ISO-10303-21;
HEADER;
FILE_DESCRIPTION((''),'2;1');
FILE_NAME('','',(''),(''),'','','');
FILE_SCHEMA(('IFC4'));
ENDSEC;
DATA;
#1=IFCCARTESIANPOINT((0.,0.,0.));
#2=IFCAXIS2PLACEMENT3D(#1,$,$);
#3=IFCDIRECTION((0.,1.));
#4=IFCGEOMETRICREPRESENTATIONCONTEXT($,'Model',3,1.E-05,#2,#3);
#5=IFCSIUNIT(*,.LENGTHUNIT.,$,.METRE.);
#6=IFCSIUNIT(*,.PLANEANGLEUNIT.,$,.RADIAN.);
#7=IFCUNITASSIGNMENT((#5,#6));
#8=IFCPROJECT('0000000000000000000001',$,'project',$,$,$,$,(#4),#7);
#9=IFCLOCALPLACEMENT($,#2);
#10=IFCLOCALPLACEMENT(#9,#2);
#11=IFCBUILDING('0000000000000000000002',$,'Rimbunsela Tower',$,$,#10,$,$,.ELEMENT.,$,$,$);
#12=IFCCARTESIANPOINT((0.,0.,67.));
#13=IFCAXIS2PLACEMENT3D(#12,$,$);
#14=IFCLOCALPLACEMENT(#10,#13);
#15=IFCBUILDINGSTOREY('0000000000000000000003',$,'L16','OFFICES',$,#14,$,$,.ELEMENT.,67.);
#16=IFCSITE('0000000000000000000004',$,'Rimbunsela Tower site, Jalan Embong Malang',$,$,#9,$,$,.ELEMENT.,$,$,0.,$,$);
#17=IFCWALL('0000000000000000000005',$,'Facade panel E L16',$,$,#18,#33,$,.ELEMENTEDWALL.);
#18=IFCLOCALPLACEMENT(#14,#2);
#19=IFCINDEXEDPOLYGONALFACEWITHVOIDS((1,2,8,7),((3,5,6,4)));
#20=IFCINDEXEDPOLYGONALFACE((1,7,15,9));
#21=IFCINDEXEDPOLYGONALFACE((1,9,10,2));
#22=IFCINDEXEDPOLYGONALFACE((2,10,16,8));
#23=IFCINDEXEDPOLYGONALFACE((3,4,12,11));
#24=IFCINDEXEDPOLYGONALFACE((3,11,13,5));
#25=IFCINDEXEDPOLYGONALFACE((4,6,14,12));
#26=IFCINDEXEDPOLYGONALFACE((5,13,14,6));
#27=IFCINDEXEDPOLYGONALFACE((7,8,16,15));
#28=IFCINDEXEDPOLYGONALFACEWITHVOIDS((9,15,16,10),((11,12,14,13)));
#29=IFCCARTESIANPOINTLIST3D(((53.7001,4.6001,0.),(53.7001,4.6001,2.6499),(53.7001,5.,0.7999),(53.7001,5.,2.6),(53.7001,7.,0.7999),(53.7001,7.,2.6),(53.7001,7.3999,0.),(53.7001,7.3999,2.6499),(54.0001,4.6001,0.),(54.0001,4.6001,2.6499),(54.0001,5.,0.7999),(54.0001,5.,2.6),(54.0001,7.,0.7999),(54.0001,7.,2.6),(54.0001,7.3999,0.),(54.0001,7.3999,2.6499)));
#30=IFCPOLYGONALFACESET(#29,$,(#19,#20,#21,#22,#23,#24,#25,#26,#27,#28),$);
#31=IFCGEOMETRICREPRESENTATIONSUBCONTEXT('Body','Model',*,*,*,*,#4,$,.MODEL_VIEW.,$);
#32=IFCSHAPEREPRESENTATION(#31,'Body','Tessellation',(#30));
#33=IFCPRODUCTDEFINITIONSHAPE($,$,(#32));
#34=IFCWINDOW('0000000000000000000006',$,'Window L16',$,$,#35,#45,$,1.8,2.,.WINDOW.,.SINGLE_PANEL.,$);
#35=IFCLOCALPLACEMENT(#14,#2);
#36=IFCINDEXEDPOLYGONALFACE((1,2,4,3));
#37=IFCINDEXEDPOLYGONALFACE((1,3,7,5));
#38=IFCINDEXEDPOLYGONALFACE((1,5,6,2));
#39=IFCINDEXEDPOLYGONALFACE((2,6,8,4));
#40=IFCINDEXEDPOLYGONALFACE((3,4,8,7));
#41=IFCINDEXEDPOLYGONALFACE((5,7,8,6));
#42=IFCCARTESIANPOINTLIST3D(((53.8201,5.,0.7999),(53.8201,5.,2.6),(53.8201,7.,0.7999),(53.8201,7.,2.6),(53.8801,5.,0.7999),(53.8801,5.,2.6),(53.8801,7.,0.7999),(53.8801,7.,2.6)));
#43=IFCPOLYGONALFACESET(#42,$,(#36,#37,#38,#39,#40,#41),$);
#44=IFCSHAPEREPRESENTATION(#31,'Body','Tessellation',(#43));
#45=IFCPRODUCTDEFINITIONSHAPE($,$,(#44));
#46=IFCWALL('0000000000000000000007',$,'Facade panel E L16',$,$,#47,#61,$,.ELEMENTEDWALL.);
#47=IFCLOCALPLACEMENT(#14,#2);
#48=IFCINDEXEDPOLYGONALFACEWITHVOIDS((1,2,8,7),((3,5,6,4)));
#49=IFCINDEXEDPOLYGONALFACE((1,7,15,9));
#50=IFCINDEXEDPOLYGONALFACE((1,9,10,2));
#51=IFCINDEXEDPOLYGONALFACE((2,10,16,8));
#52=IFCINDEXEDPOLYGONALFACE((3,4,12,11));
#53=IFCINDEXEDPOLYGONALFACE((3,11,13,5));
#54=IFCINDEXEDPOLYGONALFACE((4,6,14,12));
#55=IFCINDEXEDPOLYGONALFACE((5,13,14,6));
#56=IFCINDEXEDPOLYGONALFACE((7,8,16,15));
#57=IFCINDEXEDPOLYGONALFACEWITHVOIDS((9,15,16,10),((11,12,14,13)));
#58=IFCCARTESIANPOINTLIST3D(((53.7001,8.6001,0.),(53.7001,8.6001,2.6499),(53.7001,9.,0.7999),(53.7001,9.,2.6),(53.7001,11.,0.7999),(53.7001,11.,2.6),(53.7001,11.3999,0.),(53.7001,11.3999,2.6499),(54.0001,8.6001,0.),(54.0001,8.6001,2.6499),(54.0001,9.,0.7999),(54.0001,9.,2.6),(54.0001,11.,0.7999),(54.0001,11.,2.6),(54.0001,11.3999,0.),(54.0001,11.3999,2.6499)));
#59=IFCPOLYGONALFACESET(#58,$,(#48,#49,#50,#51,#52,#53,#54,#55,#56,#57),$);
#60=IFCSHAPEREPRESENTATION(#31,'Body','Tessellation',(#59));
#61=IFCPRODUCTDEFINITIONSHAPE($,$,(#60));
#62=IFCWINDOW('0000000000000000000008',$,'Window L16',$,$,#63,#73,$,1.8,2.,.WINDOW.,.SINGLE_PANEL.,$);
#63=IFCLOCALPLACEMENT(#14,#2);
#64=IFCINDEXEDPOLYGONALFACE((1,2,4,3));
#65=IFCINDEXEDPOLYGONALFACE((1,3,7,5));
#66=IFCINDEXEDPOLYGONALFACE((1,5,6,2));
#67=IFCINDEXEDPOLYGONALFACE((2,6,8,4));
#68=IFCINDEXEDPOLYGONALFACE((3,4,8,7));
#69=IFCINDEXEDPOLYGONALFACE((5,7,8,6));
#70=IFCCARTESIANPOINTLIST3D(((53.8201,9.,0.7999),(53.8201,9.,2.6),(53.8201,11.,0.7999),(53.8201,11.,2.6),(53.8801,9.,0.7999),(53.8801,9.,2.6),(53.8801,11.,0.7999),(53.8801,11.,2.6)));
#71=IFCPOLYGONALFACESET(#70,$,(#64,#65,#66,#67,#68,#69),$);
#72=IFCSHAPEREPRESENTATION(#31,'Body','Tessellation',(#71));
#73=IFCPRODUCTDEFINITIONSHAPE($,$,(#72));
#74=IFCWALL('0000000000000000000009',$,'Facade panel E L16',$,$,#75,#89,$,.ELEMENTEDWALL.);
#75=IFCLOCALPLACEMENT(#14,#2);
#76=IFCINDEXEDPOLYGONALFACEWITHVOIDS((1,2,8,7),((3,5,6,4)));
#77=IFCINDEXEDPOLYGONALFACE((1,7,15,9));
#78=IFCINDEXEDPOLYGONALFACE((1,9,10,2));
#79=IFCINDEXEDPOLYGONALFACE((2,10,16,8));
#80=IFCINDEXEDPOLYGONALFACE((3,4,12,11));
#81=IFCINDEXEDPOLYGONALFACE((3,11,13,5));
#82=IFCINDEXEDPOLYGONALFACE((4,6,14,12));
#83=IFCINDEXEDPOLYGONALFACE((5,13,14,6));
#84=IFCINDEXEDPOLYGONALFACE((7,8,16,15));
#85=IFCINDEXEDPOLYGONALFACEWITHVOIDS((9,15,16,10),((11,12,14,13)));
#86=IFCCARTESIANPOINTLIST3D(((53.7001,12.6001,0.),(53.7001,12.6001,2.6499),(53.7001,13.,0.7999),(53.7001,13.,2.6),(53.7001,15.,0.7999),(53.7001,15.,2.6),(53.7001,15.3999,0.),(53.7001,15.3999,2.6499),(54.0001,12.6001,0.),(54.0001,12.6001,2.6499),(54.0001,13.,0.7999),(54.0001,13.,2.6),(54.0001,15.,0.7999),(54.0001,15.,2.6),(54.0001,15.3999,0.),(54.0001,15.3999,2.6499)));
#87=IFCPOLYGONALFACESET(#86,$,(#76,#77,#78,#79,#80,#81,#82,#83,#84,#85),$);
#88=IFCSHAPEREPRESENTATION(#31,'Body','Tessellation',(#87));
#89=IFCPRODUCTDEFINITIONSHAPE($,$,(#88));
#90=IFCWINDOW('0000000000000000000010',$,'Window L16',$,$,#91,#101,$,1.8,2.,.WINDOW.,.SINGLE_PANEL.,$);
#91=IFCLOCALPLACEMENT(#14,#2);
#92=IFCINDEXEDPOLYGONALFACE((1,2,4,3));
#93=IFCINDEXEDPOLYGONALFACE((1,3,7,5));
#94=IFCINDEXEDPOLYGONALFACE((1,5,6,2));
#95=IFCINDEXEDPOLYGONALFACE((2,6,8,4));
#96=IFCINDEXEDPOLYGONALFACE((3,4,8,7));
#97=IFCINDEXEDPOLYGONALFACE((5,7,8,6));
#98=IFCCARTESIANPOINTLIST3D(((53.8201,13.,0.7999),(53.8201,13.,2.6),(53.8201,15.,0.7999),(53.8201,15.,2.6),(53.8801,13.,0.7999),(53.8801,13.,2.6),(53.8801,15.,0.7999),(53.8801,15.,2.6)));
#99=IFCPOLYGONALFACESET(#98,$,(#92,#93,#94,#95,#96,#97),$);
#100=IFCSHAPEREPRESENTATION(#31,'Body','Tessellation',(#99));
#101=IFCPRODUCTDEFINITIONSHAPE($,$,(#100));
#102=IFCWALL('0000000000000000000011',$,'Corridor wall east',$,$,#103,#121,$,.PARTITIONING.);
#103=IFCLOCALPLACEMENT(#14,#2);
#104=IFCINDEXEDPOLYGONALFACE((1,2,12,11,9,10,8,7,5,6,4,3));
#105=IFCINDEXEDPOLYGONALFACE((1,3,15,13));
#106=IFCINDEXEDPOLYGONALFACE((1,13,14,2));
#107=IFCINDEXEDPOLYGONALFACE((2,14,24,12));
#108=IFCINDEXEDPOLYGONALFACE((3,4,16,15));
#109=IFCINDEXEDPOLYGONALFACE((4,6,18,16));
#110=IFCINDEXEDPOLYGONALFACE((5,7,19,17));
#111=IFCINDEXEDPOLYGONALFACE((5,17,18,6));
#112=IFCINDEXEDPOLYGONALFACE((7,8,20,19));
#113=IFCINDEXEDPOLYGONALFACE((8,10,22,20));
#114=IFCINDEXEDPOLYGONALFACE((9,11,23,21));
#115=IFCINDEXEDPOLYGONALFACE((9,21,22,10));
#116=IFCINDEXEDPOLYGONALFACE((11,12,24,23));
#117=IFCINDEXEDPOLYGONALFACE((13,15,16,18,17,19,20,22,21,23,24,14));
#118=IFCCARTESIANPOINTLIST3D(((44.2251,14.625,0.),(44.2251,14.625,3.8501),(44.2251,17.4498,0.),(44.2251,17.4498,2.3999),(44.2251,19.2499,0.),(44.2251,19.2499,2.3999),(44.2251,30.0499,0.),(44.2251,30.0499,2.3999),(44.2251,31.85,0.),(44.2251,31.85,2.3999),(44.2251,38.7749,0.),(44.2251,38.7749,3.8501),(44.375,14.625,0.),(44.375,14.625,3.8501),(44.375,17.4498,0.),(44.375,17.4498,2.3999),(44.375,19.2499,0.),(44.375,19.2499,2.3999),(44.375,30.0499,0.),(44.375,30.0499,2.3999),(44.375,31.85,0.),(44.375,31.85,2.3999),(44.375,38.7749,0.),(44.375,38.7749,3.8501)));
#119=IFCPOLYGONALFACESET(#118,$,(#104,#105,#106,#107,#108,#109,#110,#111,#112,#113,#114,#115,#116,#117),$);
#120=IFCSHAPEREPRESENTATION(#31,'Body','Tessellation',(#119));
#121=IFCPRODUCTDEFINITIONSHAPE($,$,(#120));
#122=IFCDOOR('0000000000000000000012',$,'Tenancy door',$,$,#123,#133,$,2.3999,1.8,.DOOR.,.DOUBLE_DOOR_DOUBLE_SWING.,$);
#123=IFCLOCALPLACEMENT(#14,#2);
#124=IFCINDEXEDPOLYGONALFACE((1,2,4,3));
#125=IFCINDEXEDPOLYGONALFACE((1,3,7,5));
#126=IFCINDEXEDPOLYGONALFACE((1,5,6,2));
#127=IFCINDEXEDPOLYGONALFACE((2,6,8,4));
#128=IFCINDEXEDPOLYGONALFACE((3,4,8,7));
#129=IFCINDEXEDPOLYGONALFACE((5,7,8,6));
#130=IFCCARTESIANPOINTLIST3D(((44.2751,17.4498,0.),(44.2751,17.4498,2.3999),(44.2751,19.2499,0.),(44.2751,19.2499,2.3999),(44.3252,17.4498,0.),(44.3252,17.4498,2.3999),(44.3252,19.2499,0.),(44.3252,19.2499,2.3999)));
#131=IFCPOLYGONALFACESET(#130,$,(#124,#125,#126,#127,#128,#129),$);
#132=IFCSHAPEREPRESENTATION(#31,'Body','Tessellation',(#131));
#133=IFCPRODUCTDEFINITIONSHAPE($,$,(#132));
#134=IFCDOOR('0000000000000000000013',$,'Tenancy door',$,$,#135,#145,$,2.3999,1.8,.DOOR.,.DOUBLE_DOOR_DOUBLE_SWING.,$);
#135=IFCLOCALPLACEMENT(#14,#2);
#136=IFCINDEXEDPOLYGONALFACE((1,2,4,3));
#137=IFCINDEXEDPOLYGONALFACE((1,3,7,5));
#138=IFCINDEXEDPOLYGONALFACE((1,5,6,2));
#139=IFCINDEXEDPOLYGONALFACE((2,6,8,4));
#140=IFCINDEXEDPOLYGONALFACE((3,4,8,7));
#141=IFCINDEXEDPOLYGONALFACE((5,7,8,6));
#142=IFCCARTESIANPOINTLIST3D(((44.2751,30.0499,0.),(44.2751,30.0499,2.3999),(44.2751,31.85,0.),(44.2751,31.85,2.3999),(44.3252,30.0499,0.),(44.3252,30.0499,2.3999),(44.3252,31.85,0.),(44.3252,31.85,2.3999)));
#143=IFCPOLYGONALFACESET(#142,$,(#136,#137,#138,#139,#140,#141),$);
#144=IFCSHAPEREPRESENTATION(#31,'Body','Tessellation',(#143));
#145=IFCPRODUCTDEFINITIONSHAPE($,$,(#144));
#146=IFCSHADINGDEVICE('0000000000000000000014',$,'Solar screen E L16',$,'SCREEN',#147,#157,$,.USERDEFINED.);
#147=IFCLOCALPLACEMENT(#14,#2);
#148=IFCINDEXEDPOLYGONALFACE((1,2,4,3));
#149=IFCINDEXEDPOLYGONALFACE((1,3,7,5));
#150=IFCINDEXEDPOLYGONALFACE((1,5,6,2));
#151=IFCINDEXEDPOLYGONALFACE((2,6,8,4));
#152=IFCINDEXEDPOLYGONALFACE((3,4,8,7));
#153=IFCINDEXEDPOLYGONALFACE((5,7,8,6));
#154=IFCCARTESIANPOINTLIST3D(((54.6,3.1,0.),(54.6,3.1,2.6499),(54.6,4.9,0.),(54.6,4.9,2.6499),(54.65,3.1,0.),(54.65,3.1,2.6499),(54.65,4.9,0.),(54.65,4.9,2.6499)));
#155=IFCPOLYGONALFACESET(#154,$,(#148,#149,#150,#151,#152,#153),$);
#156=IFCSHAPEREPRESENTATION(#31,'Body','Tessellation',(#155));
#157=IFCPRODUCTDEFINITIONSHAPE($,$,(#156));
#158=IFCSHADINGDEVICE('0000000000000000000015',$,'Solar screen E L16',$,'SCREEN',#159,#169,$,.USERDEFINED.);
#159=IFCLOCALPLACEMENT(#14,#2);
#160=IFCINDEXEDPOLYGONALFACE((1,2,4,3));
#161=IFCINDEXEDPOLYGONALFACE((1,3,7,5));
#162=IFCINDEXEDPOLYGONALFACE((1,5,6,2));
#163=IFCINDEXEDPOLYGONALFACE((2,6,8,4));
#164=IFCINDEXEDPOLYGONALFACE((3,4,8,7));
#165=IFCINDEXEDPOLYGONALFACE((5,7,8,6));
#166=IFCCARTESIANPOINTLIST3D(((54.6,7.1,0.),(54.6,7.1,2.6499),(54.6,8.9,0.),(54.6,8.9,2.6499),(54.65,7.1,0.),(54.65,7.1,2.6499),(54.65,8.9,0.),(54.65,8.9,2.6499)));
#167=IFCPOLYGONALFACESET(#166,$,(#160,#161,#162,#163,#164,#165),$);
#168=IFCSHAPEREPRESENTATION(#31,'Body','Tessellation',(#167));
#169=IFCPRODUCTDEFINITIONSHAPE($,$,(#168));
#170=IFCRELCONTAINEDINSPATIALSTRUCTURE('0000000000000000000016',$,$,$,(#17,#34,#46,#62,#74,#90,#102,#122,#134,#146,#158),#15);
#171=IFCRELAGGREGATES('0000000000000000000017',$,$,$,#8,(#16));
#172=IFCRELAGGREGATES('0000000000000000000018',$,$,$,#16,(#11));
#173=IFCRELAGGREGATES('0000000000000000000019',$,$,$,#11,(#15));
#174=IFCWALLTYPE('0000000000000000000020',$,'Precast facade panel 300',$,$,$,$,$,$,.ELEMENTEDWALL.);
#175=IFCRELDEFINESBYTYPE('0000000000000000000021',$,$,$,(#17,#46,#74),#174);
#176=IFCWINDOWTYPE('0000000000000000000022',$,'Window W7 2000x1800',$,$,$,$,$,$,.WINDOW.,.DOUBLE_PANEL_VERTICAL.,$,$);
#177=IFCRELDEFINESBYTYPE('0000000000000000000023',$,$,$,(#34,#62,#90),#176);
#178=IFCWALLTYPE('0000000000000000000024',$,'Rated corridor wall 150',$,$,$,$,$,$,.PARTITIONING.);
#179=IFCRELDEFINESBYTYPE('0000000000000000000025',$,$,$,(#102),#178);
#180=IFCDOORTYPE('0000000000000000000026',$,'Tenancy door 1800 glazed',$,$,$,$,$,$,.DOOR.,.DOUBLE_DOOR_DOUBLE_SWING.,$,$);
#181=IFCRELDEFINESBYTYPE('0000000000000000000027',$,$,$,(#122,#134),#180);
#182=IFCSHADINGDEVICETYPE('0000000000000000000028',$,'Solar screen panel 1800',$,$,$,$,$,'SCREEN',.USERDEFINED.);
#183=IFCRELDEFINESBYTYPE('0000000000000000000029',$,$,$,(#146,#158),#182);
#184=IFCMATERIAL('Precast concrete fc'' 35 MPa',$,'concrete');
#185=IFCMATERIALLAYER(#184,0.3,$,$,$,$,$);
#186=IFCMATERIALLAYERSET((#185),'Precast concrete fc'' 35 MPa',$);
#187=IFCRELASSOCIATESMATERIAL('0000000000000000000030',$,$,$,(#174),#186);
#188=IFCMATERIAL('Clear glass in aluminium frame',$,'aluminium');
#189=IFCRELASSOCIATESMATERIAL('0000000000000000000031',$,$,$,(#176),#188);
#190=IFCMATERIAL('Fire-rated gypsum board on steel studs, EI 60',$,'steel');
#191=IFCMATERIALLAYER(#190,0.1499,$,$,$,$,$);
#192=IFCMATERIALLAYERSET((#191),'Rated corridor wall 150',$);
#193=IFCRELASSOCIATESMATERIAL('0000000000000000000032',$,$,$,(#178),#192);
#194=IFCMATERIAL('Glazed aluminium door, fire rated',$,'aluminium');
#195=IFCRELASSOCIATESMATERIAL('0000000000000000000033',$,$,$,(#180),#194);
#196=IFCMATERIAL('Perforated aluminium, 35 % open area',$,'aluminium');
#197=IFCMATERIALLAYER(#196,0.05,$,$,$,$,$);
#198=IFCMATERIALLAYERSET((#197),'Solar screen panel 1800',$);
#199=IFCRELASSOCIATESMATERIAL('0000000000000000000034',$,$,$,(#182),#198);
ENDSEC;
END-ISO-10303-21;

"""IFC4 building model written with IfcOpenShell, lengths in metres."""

from ifc_helpers import new_model, si_unit, direction, frame, frame_2d, origin, origin_2d, place, context, subcontext, project, spatial, rectangle, extrude, material, layer, layer_set, type_object, element, fill, save


model = new_model("IFC4")

# Units and contexts
model_context = context("Model", 3, precision=1e-05, world=origin(), true_north=direction((0.0, 1.0)))
body_context = subcontext(model_context, "Body", "Model", "MODEL_VIEW")
ifc_project = project(units=[si_unit("LENGTHUNIT", "METRE"), si_unit("PLANEANGLEUNIT", "RADIAN")], contexts=[model_context])

# Site, building, storey
site_placement = place(None, origin())
site = spatial("IfcSite", under=ifc_project, at=site_placement, Name="Rimbunsela Tower site, Jalan Embong Malang", CompositionType="ELEMENT", RefElevation=0.0)
building_placement = place(site_placement, origin())
building = spatial("IfcBuilding", under=site, at=building_placement, Name="Rimbunsela Tower", CompositionType="ELEMENT")
storey_placement = place(building_placement, frame((0.0, 0.0, 67.0)))
storey = spatial("IfcBuildingStorey", under=building, at=storey_placement, Name="L16", Description="OFFICES", CompositionType="ELEMENT", Elevation=67.0)

# Walls, openings, windows
ifc_material_1 = material(Name="Precast concrete fc' 35 MPa", Category="concrete")
ifc_layer_1 = layer(ifc_material_1, 0.3)
ifc_layer_set_1 = layer_set([ifc_layer_1], Name="Precast concrete fc' 35 MPa")
wall_type_1 = type_object("IfcWallType", Name="Precast facade panel 300", PredefinedType="ELEMENTEDWALL", material=ifc_layer_set_1)
wall_1_placement = place(storey_placement, frame((53.8501, 4.6001, 0.0), z_axis=(0.0, 0.0, 1.0), x_axis=(0.0, 1.0, 0.0)))
wall_1 = element("IfcWall", 1, at=wall_1_placement, inside=storey, type_object=wall_type_1, Name="Facade panel E L16", PredefinedType="ELEMENTEDWALL", context=body_context, shape_type="SweptSolid", body=[
    extrude(rectangle(XDim=2.7998, YDim=0.3, at=frame_2d((1.3999, 0.0))), origin(), (0.0, 0.0, 1.0), 2.6499),
])
opening_1_placement = place(wall_1_placement, frame((0.3999, 0.0, 0.8)))
opening_1 = element("IfcOpeningElement", 2, at=opening_1_placement, cuts=wall_1, PredefinedType="OPENING", context=body_context, shape_type="SweptSolid", body=[
    extrude(rectangle(XDim=2.0, YDim=1.8, at=frame_2d((1.0, 0.8999))), frame((0.0, 0.1599, 0.0), z_axis=(0.0, -1.0, 0.0), x_axis=(1.0, 0.0, 0.0)), (0.0, 0.0, 1.0), 0.3201),
])
ifc_material_2 = material(Name="Clear glass in aluminium frame", Category="aluminium")
window_type = type_object("IfcWindowType", Name="Window W7 2000x1800", PartitioningType="DOUBLE_PANEL_VERTICAL", PredefinedType="WINDOW", material=ifc_material_2)
window_1_placement = place(opening_1_placement, origin())
window_1 = element("IfcWindow", 3, at=window_1_placement, inside=storey, type_object=window_type, Name="Window L16", OverallHeight=1.8, OverallWidth=2.0, PartitioningType="SINGLE_PANEL", PredefinedType="WINDOW", context=body_context, shape_type="SweptSolid", body=[
    extrude(rectangle(XDim=2.0, YDim=1.8, at=frame_2d((1.0, 0.8999))), frame((0.0, 0.03, 0.0), z_axis=(0.0, -1.0, 0.0), x_axis=(1.0, 0.0, 0.0)), (0.0, 0.0, 1.0), 0.0601),
])
fill(opening_1, window_1)
wall_2_placement = place(storey_placement, frame((53.8501, 8.6001, 0.0), z_axis=(0.0, 0.0, 1.0), x_axis=(0.0, 1.0, 0.0)))
wall_2 = element("IfcWall", 4, at=wall_2_placement, inside=storey, type_object=wall_type_1, Name="Facade panel E L16", PredefinedType="ELEMENTEDWALL", context=body_context, shape_type="SweptSolid", body=[
    extrude(rectangle(XDim=2.7998, YDim=0.3, at=frame_2d((1.3999, 0.0))), origin(), (0.0, 0.0, 1.0), 2.6499),
])
opening_2_placement = place(wall_2_placement, frame((0.3999, 0.0, 0.8)))
opening_2 = element("IfcOpeningElement", 5, at=opening_2_placement, cuts=wall_2, PredefinedType="OPENING", context=body_context, shape_type="SweptSolid", body=[
    extrude(rectangle(XDim=2.0, YDim=1.8, at=frame_2d((1.0, 0.8999))), frame((0.0, 0.1599, 0.0), z_axis=(0.0, -1.0, 0.0), x_axis=(1.0, 0.0, 0.0)), (0.0, 0.0, 1.0), 0.3201),
])
window_2_placement = place(opening_2_placement, origin())
window_2 = element("IfcWindow", 6, at=window_2_placement, inside=storey, type_object=window_type, Name="Window L16", OverallHeight=1.8, OverallWidth=2.0, PartitioningType="SINGLE_PANEL", PredefinedType="WINDOW", context=body_context, shape_type="SweptSolid", body=[
    extrude(rectangle(XDim=2.0, YDim=1.8, at=frame_2d((1.0, 0.8999))), frame((0.0, 0.03, 0.0), z_axis=(0.0, -1.0, 0.0), x_axis=(1.0, 0.0, 0.0)), (0.0, 0.0, 1.0), 0.0601),
])
fill(opening_2, window_2)
wall_3_placement = place(storey_placement, frame((53.8501, 12.6001, 0.0), z_axis=(0.0, 0.0, 1.0), x_axis=(0.0, 1.0, 0.0)))
wall_3 = element("IfcWall", 7, at=wall_3_placement, inside=storey, type_object=wall_type_1, Name="Facade panel E L16", PredefinedType="ELEMENTEDWALL", context=body_context, shape_type="SweptSolid", body=[
    extrude(rectangle(XDim=2.7998, YDim=0.3, at=frame_2d((1.3999, 0.0))), origin(), (0.0, 0.0, 1.0), 2.6499),
])
opening_3_placement = place(wall_3_placement, frame((0.3999, 0.0, 0.8)))
opening_3 = element("IfcOpeningElement", 8, at=opening_3_placement, cuts=wall_3, PredefinedType="OPENING", context=body_context, shape_type="SweptSolid", body=[
    extrude(rectangle(XDim=2.0, YDim=1.8, at=frame_2d((1.0, 0.8999))), frame((0.0, 0.1599, 0.0), z_axis=(0.0, -1.0, 0.0), x_axis=(1.0, 0.0, 0.0)), (0.0, 0.0, 1.0), 0.3201),
])
window_3_placement = place(opening_3_placement, origin())
window_3 = element("IfcWindow", 9, at=window_3_placement, inside=storey, type_object=window_type, Name="Window L16", OverallHeight=1.8, OverallWidth=2.0, PartitioningType="SINGLE_PANEL", PredefinedType="WINDOW", context=body_context, shape_type="SweptSolid", body=[
    extrude(rectangle(XDim=2.0, YDim=1.8, at=frame_2d((1.0, 0.8999))), frame((0.0, 0.03, 0.0), z_axis=(0.0, -1.0, 0.0), x_axis=(1.0, 0.0, 0.0)), (0.0, 0.0, 1.0), 0.0601),
])
fill(opening_3, window_3)

# Wall, openings, doors
ifc_material_3 = material(Name="Fire-rated gypsum board on steel studs, EI 60", Category="steel")
ifc_layer_2 = layer(ifc_material_3, 0.1499)
ifc_layer_set_2 = layer_set([ifc_layer_2], Name="Rated corridor wall 150")
wall_type_2 = type_object("IfcWallType", Name="Rated corridor wall 150", PredefinedType="PARTITIONING", material=ifc_layer_set_2)
wall_4_placement = place(storey_placement, frame((44.3, 14.625, 0.0), z_axis=(0.0, 0.0, 1.0), x_axis=(0.0, 1.0, 0.0)))
wall_4 = element("IfcWall", 10, at=wall_4_placement, inside=storey, type_object=wall_type_2, Name="Corridor wall east", PredefinedType="PARTITIONING", context=body_context, shape_type="SweptSolid", body=[
    extrude(rectangle(XDim=24.1499, YDim=0.1499, at=frame_2d((12.075, 0.0))), origin(), (0.0, 0.0, 1.0), 3.8501),
])
opening_4_placement = place(wall_4_placement, frame((2.825, 0.0, 0.0)))
opening_4 = element("IfcOpeningElement", 11, at=opening_4_placement, cuts=wall_4, PredefinedType="OPENING", context=body_context, shape_type="SweptSolid", body=[
    extrude(rectangle(XDim=1.8, YDim=2.3999, at=frame_2d((0.8999, 1.2))), frame((0.0, 0.085, 0.0), z_axis=(0.0, -1.0, 0.0), x_axis=(1.0, 0.0, 0.0)), (0.0, 0.0, 1.0), 0.1699),
])
opening_5_placement = place(wall_4_placement, frame((15.425, 0.0, 0.0)))
opening_5 = element("IfcOpeningElement", 12, at=opening_5_placement, cuts=wall_4, PredefinedType="OPENING", context=body_context, shape_type="SweptSolid", body=[
    extrude(rectangle(XDim=1.8, YDim=2.3999, at=frame_2d((0.8999, 1.2))), frame((0.0, 0.085, 0.0), z_axis=(0.0, -1.0, 0.0), x_axis=(1.0, 0.0, 0.0)), (0.0, 0.0, 1.0), 0.1699),
])
ifc_material_4 = material(Name="Glazed aluminium door, fire rated", Category="aluminium")
door_type_1 = type_object("IfcDoorType", Name="Tenancy door 1800 glazed", OperationType="DOUBLE_DOOR_DOUBLE_SWING", PredefinedType="DOOR", material=ifc_material_4)
door_1_placement = place(opening_4_placement, origin())
door_1 = element("IfcDoor", 13, at=door_1_placement, inside=storey, type_object=door_type_1, Name="Tenancy door", OperationType="DOUBLE_DOOR_DOUBLE_SWING", OverallHeight=2.3999, OverallWidth=1.8, PredefinedType="DOOR", context=body_context, shape_type="SweptSolid", body=[
    extrude(rectangle(XDim=1.8, YDim=2.3999, at=frame_2d((0.8999, 1.2))), frame((0.0, 0.0249, 0.0), z_axis=(0.0, -1.0, 0.0), x_axis=(1.0, 0.0, 0.0)), (0.0, 0.0, 1.0), 0.05),
])
fill(opening_4, door_1)
door_2_placement = place(opening_5_placement, origin())
door_2 = element("IfcDoor", 14, at=door_2_placement, inside=storey, type_object=door_type_1, Name="Tenancy door", OperationType="DOUBLE_DOOR_DOUBLE_SWING", OverallHeight=2.3999, OverallWidth=1.8, PredefinedType="DOOR", context=body_context, shape_type="SweptSolid", body=[
    extrude(rectangle(XDim=1.8, YDim=2.3999, at=frame_2d((0.8999, 1.2))), frame((0.0, 0.0249, 0.0), z_axis=(0.0, -1.0, 0.0), x_axis=(1.0, 0.0, 0.0)), (0.0, 0.0, 1.0), 0.05),
])
fill(opening_5, door_2)

# Shading devices
ifc_material_5 = material(Name="Perforated aluminium, 35 % open area", Category="aluminium")
ifc_layer_3 = layer(ifc_material_5, 0.05)
ifc_layer_set_3 = layer_set([ifc_layer_3], Name="Solar screen panel 1800")
shading_device_type = type_object("IfcShadingDeviceType", Name="Solar screen panel 1800", ElementType="SCREEN", PredefinedType="USERDEFINED", material=ifc_layer_set_3)
for number, where, z_axis, x_axis, name in (
    (15, (54.625, 4.0, 0.0), (0.0, 0.0, 1.0), (0.0, 1.0, 0.0), "Solar screen E L16"),
    (16, (54.625, 8.0, 0.0), (0.0, 0.0, 1.0), (0.0, 1.0, 0.0), "Solar screen E L16"),
):
    element("IfcShadingDevice", number, at=place(storey_placement, frame(where, z_axis=z_axis, x_axis=x_axis)), inside=storey, type_object=shading_device_type, Name=name, ObjectType="SCREEN", PredefinedType="USERDEFINED", context=body_context, shape_type="SweptSolid", body=[
        extrude(rectangle(XDim=1.8, YDim=0.05, at=origin_2d()), origin(), (0.0, 0.0, 1.0), 2.6499),
    ])

save(model, "model.ifc")
